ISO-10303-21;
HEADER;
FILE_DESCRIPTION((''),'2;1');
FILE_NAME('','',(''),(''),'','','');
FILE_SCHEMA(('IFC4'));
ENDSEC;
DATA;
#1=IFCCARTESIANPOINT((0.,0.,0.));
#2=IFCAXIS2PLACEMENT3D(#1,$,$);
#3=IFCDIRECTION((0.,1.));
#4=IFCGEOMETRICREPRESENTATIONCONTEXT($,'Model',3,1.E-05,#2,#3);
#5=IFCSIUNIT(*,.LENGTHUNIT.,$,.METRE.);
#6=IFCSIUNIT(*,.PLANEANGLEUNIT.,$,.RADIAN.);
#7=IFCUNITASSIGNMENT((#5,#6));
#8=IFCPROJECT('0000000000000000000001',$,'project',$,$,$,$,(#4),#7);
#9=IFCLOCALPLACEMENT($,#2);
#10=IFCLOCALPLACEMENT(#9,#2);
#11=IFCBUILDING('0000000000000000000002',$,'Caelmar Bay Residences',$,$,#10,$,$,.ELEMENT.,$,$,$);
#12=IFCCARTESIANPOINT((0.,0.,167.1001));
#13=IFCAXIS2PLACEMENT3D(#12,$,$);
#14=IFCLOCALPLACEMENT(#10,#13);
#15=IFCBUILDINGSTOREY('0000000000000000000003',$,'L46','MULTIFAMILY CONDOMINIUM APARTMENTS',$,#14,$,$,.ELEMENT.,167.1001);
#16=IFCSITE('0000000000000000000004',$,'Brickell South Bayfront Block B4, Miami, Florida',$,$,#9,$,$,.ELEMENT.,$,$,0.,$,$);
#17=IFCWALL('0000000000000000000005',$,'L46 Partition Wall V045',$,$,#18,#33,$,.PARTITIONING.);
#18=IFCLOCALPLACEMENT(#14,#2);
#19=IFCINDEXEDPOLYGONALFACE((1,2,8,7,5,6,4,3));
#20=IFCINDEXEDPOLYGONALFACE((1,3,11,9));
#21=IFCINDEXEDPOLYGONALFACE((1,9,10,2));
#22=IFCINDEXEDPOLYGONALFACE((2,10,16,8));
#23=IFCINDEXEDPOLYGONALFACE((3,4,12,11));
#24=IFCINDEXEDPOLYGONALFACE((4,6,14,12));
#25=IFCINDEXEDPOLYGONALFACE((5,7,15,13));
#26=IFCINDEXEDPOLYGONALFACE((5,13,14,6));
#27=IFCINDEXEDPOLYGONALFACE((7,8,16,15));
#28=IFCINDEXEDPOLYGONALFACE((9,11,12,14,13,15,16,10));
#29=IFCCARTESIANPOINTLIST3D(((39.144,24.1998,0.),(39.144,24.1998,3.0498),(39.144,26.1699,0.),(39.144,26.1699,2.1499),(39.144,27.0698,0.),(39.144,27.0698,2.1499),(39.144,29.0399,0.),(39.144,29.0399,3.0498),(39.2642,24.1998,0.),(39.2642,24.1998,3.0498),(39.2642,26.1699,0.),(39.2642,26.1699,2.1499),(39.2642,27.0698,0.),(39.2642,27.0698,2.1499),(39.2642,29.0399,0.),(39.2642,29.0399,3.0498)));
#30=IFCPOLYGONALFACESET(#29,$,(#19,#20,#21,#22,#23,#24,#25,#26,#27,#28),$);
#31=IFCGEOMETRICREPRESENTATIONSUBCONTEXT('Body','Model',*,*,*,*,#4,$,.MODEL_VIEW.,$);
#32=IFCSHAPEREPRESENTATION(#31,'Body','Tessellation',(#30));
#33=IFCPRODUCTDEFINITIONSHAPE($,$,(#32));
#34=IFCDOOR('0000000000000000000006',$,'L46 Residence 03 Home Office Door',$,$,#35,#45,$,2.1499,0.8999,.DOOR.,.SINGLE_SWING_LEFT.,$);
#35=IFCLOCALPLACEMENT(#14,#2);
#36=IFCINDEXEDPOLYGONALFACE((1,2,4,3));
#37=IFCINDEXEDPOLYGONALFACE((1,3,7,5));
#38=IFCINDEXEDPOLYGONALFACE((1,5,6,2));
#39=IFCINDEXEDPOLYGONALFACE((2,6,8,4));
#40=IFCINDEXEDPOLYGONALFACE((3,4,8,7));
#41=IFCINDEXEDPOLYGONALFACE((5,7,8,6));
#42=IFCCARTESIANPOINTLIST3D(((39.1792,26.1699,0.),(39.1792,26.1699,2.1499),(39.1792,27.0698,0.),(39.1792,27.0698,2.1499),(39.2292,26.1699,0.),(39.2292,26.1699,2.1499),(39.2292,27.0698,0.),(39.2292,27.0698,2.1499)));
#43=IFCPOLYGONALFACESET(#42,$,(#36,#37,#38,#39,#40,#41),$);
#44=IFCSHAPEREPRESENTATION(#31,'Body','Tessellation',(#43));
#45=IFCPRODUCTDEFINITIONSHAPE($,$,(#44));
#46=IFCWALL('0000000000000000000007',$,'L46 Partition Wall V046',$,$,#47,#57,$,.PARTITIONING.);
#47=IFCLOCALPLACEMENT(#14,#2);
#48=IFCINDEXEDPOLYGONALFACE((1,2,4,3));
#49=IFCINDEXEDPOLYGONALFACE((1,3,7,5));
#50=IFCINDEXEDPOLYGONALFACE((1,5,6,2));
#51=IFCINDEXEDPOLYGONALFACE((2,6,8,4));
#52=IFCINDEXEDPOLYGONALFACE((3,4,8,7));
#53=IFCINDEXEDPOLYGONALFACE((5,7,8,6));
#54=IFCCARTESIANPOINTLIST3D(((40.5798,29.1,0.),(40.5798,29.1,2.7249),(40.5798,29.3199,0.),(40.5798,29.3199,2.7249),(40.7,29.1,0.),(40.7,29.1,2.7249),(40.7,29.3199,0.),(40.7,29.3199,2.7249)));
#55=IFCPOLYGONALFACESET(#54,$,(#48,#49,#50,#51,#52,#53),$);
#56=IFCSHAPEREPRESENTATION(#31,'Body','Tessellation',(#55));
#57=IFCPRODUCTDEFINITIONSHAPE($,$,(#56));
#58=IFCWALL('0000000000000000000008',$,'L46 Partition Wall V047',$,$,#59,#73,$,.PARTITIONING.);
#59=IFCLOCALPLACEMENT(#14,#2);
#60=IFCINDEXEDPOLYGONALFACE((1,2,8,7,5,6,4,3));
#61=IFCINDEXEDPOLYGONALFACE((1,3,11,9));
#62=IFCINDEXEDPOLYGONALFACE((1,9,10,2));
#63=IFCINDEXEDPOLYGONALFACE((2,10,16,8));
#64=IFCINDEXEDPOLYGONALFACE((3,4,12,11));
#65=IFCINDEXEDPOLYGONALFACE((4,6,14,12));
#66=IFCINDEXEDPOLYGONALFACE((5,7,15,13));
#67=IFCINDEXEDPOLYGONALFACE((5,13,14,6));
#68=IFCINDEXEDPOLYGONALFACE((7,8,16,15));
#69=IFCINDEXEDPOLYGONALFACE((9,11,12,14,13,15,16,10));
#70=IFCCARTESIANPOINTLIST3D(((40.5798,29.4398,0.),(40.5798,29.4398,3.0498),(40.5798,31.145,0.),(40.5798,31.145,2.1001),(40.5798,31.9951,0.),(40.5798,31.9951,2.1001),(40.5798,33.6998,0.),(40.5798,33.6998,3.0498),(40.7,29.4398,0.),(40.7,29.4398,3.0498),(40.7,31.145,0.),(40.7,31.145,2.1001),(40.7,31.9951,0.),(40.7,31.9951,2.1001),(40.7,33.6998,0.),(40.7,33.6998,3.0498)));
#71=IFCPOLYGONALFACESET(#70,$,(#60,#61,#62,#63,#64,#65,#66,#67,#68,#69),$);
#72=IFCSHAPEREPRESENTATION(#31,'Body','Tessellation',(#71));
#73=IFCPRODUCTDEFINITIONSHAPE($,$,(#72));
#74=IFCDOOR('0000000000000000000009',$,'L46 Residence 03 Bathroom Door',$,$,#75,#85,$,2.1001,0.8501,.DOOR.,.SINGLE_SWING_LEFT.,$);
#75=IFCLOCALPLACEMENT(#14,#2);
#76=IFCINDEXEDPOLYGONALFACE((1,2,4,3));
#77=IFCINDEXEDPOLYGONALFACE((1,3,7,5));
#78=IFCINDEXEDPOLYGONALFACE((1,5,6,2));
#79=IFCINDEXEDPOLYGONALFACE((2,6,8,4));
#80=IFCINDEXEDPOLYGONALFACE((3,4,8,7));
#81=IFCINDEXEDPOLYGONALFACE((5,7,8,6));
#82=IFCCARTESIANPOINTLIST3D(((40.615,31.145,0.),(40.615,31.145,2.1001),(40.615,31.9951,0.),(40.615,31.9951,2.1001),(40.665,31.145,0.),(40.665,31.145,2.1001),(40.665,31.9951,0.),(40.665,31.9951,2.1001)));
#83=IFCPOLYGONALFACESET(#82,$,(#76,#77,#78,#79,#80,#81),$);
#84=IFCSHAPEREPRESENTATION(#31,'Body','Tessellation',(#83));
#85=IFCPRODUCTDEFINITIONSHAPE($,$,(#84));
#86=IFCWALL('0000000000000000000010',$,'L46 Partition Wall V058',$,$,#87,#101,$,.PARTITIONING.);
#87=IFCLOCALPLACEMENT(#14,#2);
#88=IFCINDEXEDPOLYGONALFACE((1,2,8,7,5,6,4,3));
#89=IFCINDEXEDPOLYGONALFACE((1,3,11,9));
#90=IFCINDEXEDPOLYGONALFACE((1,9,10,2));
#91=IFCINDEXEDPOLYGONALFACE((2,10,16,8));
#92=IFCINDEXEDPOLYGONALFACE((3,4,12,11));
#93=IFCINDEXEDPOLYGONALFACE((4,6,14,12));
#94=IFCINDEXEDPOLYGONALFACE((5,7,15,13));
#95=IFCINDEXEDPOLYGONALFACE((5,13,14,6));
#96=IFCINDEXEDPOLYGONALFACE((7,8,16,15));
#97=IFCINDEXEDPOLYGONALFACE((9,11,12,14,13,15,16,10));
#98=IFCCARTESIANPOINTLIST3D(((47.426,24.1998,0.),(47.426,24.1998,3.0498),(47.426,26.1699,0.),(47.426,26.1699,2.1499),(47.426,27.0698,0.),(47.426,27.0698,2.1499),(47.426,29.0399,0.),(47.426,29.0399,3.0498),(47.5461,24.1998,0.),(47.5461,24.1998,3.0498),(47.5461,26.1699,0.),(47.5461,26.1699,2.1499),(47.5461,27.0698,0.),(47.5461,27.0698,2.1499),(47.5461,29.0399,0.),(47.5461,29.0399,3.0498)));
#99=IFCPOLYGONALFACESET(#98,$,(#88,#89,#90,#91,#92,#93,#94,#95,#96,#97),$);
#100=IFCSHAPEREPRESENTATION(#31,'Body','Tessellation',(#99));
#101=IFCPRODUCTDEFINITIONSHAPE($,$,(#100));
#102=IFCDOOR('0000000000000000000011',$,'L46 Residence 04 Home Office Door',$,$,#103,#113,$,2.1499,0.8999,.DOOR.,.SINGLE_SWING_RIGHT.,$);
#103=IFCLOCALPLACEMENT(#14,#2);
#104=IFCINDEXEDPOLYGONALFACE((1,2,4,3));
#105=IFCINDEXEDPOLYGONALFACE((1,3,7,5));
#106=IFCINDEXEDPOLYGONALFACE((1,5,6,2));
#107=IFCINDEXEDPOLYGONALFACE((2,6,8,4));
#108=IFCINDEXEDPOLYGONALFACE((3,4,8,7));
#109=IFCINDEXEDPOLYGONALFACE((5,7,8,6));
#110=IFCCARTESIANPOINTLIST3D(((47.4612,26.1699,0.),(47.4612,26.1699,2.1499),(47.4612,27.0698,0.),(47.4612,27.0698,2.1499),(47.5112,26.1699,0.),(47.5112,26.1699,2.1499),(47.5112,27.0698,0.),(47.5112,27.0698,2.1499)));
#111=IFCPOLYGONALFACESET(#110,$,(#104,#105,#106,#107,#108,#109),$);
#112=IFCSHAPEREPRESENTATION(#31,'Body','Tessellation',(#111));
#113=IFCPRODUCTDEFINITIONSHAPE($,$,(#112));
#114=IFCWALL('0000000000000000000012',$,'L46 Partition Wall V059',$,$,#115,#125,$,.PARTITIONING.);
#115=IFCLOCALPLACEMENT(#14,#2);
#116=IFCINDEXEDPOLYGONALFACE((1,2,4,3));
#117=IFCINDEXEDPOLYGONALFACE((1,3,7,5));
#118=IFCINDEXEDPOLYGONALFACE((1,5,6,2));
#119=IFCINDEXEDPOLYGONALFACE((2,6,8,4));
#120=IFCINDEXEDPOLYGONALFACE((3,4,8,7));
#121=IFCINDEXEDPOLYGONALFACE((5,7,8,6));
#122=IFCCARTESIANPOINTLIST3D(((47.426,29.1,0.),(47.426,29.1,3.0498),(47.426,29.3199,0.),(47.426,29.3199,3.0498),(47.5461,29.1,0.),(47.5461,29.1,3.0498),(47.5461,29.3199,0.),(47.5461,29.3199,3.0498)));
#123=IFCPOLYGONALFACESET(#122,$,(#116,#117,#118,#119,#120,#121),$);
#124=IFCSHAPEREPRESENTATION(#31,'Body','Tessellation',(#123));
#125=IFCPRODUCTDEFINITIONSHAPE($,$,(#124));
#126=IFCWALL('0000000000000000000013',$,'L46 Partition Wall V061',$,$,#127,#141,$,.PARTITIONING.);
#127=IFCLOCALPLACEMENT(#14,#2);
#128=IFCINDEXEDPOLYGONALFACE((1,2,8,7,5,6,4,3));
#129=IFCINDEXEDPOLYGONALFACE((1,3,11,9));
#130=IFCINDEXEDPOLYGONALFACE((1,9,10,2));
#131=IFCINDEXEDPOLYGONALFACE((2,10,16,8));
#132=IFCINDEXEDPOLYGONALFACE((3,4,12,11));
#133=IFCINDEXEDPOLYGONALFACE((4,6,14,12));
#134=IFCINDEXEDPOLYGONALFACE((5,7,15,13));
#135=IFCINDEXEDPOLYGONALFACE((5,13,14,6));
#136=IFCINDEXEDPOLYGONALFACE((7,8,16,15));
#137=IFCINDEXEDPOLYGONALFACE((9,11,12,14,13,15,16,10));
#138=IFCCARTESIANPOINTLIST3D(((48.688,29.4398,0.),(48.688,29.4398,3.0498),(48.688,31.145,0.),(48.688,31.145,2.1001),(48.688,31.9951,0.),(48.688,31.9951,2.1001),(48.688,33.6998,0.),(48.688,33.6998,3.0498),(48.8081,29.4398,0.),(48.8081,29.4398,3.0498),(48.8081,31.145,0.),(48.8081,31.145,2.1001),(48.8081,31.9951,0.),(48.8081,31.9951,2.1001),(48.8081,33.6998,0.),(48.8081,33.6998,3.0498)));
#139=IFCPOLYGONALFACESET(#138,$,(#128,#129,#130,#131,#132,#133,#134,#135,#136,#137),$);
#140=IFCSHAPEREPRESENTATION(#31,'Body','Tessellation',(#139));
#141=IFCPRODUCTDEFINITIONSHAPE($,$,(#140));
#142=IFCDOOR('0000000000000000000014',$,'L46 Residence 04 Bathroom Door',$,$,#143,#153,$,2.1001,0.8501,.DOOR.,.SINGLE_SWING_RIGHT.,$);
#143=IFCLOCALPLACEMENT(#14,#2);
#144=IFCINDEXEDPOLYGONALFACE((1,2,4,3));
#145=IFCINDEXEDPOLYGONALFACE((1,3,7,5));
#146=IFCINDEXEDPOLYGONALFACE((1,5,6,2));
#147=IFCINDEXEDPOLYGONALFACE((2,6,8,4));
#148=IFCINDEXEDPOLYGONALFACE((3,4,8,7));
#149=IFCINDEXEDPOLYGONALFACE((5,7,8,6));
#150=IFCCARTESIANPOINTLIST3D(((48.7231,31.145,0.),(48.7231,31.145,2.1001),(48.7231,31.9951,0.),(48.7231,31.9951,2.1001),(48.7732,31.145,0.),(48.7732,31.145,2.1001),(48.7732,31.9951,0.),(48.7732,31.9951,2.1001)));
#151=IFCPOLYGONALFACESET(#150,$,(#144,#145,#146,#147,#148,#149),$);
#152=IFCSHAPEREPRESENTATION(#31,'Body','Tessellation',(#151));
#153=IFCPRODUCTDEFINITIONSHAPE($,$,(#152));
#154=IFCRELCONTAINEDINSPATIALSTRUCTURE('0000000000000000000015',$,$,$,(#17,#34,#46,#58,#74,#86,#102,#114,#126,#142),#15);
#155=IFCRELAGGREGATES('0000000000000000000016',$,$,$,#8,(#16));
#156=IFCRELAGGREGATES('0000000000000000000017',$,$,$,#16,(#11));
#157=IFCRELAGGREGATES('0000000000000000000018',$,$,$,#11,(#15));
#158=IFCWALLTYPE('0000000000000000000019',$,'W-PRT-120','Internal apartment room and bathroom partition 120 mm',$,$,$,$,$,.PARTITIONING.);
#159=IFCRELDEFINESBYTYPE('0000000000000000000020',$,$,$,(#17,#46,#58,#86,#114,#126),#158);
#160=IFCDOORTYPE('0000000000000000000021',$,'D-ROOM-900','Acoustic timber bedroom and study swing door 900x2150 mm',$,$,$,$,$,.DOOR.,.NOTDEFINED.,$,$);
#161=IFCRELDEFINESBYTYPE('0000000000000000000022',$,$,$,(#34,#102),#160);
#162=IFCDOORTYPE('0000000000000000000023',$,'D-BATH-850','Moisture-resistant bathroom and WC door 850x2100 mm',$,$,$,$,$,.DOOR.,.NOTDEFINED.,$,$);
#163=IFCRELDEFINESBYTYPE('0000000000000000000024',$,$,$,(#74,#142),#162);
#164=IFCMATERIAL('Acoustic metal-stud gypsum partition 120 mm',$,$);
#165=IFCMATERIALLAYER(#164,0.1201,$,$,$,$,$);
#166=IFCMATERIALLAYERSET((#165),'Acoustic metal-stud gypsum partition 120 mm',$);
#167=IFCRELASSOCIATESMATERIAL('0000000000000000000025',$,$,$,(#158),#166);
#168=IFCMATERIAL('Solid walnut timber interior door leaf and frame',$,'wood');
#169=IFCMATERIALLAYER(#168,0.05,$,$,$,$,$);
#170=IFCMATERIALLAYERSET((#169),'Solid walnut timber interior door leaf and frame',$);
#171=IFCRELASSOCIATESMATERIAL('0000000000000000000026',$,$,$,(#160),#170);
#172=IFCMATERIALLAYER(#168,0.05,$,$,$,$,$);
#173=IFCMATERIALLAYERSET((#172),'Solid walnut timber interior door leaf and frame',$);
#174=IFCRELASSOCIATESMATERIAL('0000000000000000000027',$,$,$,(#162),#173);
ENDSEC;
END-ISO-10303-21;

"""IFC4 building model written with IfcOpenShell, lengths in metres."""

from ifc_helpers import new_model, si_unit, direction, frame, frame_2d, origin, place, context, subcontext, project, spatial, rectangle, extrude, material, layer, layer_set, type_object, element, fill, save


model = new_model("IFC4")

# Units and contexts
model_context = context("Model", 3, precision=1e-05, world=origin(), true_north=direction((0.0, 1.0)))
body_context = subcontext(model_context, "Body", "Model", "MODEL_VIEW")
ifc_project = project(units=[si_unit("LENGTHUNIT", "METRE"), si_unit("PLANEANGLEUNIT", "RADIAN")], contexts=[model_context])

# Site, building, storey
site_placement = place(None, origin())
site = spatial("IfcSite", under=ifc_project, at=site_placement, Name="Brickell South Bayfront Block B4, Miami, Florida", CompositionType="ELEMENT", RefElevation=0.0)
building_placement = place(site_placement, origin())
building = spatial("IfcBuilding", under=site, at=building_placement, Name="Caelmar Bay Residences", CompositionType="ELEMENT")
storey_placement = place(building_placement, frame((0.0, 0.0, 167.1001)))
storey = spatial("IfcBuildingStorey", under=building, at=storey_placement, Name="L46", Description="MULTIFAMILY CONDOMINIUM APARTMENTS", CompositionType="ELEMENT", Elevation=167.1001)

# Wall, opening, door
ifc_material_1 = material(Name="Acoustic metal-stud gypsum partition 120 mm")
ifc_layer_1 = layer(ifc_material_1, 0.1201)
ifc_layer_set_1 = layer_set([ifc_layer_1], Name="Acoustic metal-stud gypsum partition 120 mm")
wall_type_1 = type_object("IfcWallType", Name="W-PRT-120", Description="Internal apartment room and bathroom partition 120 mm", PredefinedType="PARTITIONING", material=ifc_layer_set_1)
wall_1_placement = place(storey_placement, frame((39.2041, 24.2, 0.0), z_axis=(0.0, 0.0, 1.0), x_axis=(0.0, 1.0, 0.0)))
wall_1 = element("IfcWall", 1, at=wall_1_placement, inside=storey, type_object=wall_type_1, Name="L46 Partition Wall V045", PredefinedType="PARTITIONING", context=body_context, shape_type="SweptSolid", body=[
    extrude(rectangle(XDim=4.8401, YDim=0.1201, at=frame_2d((2.4199, 0.0))), origin(), (0.0, 0.0, 1.0), 3.0498),
])
opening_1_placement = place(wall_1_placement, frame((1.97, 0.0, 0.0)))
opening_1 = element("IfcOpeningElement", 2, at=opening_1_placement, cuts=wall_1, PredefinedType="OPENING", context=body_context, shape_type="SweptSolid", body=[
    extrude(rectangle(XDim=0.8999, YDim=2.1499, at=frame_2d((0.45, 1.075))), frame((0.0, 0.0701, 0.0), z_axis=(0.0, -1.0, 0.0), x_axis=(1.0, 0.0, 0.0)), (0.0, 0.0, 1.0), 0.1401),
])
ifc_material_2 = material(Name="Solid walnut timber interior door leaf and frame", Category="wood")
ifc_layer_2 = layer(ifc_material_2, 0.05)
ifc_layer_set_2 = layer_set([ifc_layer_2], Name="Solid walnut timber interior door leaf and frame")
door_type_1 = type_object("IfcDoorType", Name="D-ROOM-900", Description="Acoustic timber bedroom and study swing door 900x2150 mm", OperationType="NOTDEFINED", PredefinedType="DOOR", material=ifc_layer_set_2)
door_1_placement = place(opening_1_placement, origin())
door_1 = element("IfcDoor", 3, at=door_1_placement, inside=storey, type_object=door_type_1, Name="L46 Residence 03 Home Office Door", OperationType="SINGLE_SWING_LEFT", OverallHeight=2.1499, OverallWidth=0.8999, PredefinedType="DOOR", context=body_context, shape_type="SweptSolid", body=[
    extrude(rectangle(XDim=0.8999, YDim=2.1499, at=frame_2d((0.45, 1.075))), frame((0.0, 0.0249, 0.0), z_axis=(0.0, -1.0, 0.0), x_axis=(1.0, 0.0, 0.0)), (0.0, 0.0, 1.0), 0.05),
])
fill(opening_1, door_1)

# Wall
wall_2_placement = place(storey_placement, frame((40.6399, 29.1001, 0.0), z_axis=(0.0, 0.0, 1.0), x_axis=(0.0, 1.0, 0.0)))
element("IfcWall", 4, at=wall_2_placement, inside=storey, type_object=wall_type_1, Name="L46 Partition Wall V046", PredefinedType="PARTITIONING", context=body_context, shape_type="SweptSolid", body=[
    extrude(rectangle(XDim=0.22, YDim=0.1201, at=frame_2d((0.1099, 0.0))), origin(), (0.0, 0.0, 1.0), 2.7249),
])

# Walls, openings, doors
wall_3_placement = place(storey_placement, frame((40.6399, 29.4399, 0.0), z_axis=(0.0, 0.0, 1.0), x_axis=(0.0, 1.0, 0.0)))
wall_3 = element("IfcWall", 5, at=wall_3_placement, inside=storey, type_object=wall_type_1, Name="L46 Partition Wall V047", PredefinedType="PARTITIONING", context=body_context, shape_type="SweptSolid", body=[
    extrude(rectangle(XDim=4.26, YDim=0.1201, at=frame_2d((2.1299, 0.0))), origin(), (0.0, 0.0, 1.0), 3.0498),
])
opening_2_placement = place(wall_3_placement, frame((1.7051, 0.0, 0.0)))
opening_2 = element("IfcOpeningElement", 6, at=opening_2_placement, cuts=wall_3, PredefinedType="OPENING", context=body_context, shape_type="SweptSolid", body=[
    extrude(rectangle(XDim=0.8501, YDim=2.1001, at=frame_2d((0.425, 1.05))), frame((0.0, 0.0701, 0.0), z_axis=(0.0, -1.0, 0.0), x_axis=(1.0, 0.0, 0.0)), (0.0, 0.0, 1.0), 0.1401),
])
ifc_layer_3 = layer(ifc_material_2, 0.05)
ifc_layer_set_3 = layer_set([ifc_layer_3], Name="Solid walnut timber interior door leaf and frame")
door_type_2 = type_object("IfcDoorType", Name="D-BATH-850", Description="Moisture-resistant bathroom and WC door 850x2100 mm", OperationType="NOTDEFINED", PredefinedType="DOOR", material=ifc_layer_set_3)
door_2_placement = place(opening_2_placement, origin())
door_2 = element("IfcDoor", 7, at=door_2_placement, inside=storey, type_object=door_type_2, Name="L46 Residence 03 Bathroom Door", OperationType="SINGLE_SWING_LEFT", OverallHeight=2.1001, OverallWidth=0.8501, PredefinedType="DOOR", context=body_context, shape_type="SweptSolid", body=[
    extrude(rectangle(XDim=0.8501, YDim=2.1001, at=frame_2d((0.425, 1.05))), frame((0.0, 0.0249, 0.0), z_axis=(0.0, -1.0, 0.0), x_axis=(1.0, 0.0, 0.0)), (0.0, 0.0, 1.0), 0.05),
])
fill(opening_2, door_2)
wall_4_placement = place(storey_placement, frame((47.4861, 24.2, 0.0), z_axis=(0.0, 0.0, 1.0), x_axis=(0.0, 1.0, 0.0)))
wall_4 = element("IfcWall", 8, at=wall_4_placement, inside=storey, type_object=wall_type_1, Name="L46 Partition Wall V058", PredefinedType="PARTITIONING", context=body_context, shape_type="SweptSolid", body=[
    extrude(rectangle(XDim=4.8401, YDim=0.1201, at=frame_2d((2.4199, 0.0))), origin(), (0.0, 0.0, 1.0), 3.0498),
])
opening_3_placement = place(wall_4_placement, frame((1.97, 0.0, 0.0)))
opening_3 = element("IfcOpeningElement", 9, at=opening_3_placement, cuts=wall_4, PredefinedType="OPENING", context=body_context, shape_type="SweptSolid", body=[
    extrude(rectangle(XDim=0.8999, YDim=2.1499, at=frame_2d((0.45, 1.075))), frame((0.0, 0.0701, 0.0), z_axis=(0.0, -1.0, 0.0), x_axis=(1.0, 0.0, 0.0)), (0.0, 0.0, 1.0), 0.1401),
])
door_3_placement = place(opening_3_placement, origin())
door_3 = element("IfcDoor", 10, at=door_3_placement, inside=storey, type_object=door_type_1, Name="L46 Residence 04 Home Office Door", OperationType="SINGLE_SWING_RIGHT", OverallHeight=2.1499, OverallWidth=0.8999, PredefinedType="DOOR", context=body_context, shape_type="SweptSolid", body=[
    extrude(rectangle(XDim=0.8999, YDim=2.1499, at=frame_2d((0.45, 1.075))), frame((0.0, 0.0249, 0.0), z_axis=(0.0, -1.0, 0.0), x_axis=(1.0, 0.0, 0.0)), (0.0, 0.0, 1.0), 0.05),
])
fill(opening_3, door_3)

# Wall
wall_5_placement = place(storey_placement, frame((47.4861, 29.1001, 0.0), z_axis=(0.0, 0.0, 1.0), x_axis=(0.0, 1.0, 0.0)))
element("IfcWall", 11, at=wall_5_placement, inside=storey, type_object=wall_type_1, Name="L46 Partition Wall V059", PredefinedType="PARTITIONING", context=body_context, shape_type="SweptSolid", body=[
    extrude(rectangle(XDim=0.22, YDim=0.1201, at=frame_2d((0.1099, 0.0))), origin(), (0.0, 0.0, 1.0), 3.0498),
])

# Wall, opening, door
wall_6_placement = place(storey_placement, frame((48.748, 29.4399, 0.0), z_axis=(0.0, 0.0, 1.0), x_axis=(0.0, 1.0, 0.0)))
wall_6 = element("IfcWall", 12, at=wall_6_placement, inside=storey, type_object=wall_type_1, Name="L46 Partition Wall V061", PredefinedType="PARTITIONING", context=body_context, shape_type="SweptSolid", body=[
    extrude(rectangle(XDim=4.26, YDim=0.1201, at=frame_2d((2.1299, 0.0))), origin(), (0.0, 0.0, 1.0), 3.0498),
])
opening_4_placement = place(wall_6_placement, frame((1.7051, 0.0, 0.0)))
opening_4 = element("IfcOpeningElement", 13, at=opening_4_placement, cuts=wall_6, PredefinedType="OPENING", context=body_context, shape_type="SweptSolid", body=[
    extrude(rectangle(XDim=0.8501, YDim=2.1001, at=frame_2d((0.425, 1.05))), frame((0.0, 0.0701, 0.0), z_axis=(0.0, -1.0, 0.0), x_axis=(1.0, 0.0, 0.0)), (0.0, 0.0, 1.0), 0.1401),
])
door_4_placement = place(opening_4_placement, origin())
door_4 = element("IfcDoor", 14, at=door_4_placement, inside=storey, type_object=door_type_2, Name="L46 Residence 04 Bathroom Door", OperationType="SINGLE_SWING_RIGHT", OverallHeight=2.1001, OverallWidth=0.8501, PredefinedType="DOOR", context=body_context, shape_type="SweptSolid", body=[
    extrude(rectangle(XDim=0.8501, YDim=2.1001, at=frame_2d((0.425, 1.05))), frame((0.0, 0.0249, 0.0), z_axis=(0.0, -1.0, 0.0), x_axis=(1.0, 0.0, 0.0)), (0.0, 0.0, 1.0), 0.05),
])
fill(opening_4, door_4)

save(model, "model.ifc")
